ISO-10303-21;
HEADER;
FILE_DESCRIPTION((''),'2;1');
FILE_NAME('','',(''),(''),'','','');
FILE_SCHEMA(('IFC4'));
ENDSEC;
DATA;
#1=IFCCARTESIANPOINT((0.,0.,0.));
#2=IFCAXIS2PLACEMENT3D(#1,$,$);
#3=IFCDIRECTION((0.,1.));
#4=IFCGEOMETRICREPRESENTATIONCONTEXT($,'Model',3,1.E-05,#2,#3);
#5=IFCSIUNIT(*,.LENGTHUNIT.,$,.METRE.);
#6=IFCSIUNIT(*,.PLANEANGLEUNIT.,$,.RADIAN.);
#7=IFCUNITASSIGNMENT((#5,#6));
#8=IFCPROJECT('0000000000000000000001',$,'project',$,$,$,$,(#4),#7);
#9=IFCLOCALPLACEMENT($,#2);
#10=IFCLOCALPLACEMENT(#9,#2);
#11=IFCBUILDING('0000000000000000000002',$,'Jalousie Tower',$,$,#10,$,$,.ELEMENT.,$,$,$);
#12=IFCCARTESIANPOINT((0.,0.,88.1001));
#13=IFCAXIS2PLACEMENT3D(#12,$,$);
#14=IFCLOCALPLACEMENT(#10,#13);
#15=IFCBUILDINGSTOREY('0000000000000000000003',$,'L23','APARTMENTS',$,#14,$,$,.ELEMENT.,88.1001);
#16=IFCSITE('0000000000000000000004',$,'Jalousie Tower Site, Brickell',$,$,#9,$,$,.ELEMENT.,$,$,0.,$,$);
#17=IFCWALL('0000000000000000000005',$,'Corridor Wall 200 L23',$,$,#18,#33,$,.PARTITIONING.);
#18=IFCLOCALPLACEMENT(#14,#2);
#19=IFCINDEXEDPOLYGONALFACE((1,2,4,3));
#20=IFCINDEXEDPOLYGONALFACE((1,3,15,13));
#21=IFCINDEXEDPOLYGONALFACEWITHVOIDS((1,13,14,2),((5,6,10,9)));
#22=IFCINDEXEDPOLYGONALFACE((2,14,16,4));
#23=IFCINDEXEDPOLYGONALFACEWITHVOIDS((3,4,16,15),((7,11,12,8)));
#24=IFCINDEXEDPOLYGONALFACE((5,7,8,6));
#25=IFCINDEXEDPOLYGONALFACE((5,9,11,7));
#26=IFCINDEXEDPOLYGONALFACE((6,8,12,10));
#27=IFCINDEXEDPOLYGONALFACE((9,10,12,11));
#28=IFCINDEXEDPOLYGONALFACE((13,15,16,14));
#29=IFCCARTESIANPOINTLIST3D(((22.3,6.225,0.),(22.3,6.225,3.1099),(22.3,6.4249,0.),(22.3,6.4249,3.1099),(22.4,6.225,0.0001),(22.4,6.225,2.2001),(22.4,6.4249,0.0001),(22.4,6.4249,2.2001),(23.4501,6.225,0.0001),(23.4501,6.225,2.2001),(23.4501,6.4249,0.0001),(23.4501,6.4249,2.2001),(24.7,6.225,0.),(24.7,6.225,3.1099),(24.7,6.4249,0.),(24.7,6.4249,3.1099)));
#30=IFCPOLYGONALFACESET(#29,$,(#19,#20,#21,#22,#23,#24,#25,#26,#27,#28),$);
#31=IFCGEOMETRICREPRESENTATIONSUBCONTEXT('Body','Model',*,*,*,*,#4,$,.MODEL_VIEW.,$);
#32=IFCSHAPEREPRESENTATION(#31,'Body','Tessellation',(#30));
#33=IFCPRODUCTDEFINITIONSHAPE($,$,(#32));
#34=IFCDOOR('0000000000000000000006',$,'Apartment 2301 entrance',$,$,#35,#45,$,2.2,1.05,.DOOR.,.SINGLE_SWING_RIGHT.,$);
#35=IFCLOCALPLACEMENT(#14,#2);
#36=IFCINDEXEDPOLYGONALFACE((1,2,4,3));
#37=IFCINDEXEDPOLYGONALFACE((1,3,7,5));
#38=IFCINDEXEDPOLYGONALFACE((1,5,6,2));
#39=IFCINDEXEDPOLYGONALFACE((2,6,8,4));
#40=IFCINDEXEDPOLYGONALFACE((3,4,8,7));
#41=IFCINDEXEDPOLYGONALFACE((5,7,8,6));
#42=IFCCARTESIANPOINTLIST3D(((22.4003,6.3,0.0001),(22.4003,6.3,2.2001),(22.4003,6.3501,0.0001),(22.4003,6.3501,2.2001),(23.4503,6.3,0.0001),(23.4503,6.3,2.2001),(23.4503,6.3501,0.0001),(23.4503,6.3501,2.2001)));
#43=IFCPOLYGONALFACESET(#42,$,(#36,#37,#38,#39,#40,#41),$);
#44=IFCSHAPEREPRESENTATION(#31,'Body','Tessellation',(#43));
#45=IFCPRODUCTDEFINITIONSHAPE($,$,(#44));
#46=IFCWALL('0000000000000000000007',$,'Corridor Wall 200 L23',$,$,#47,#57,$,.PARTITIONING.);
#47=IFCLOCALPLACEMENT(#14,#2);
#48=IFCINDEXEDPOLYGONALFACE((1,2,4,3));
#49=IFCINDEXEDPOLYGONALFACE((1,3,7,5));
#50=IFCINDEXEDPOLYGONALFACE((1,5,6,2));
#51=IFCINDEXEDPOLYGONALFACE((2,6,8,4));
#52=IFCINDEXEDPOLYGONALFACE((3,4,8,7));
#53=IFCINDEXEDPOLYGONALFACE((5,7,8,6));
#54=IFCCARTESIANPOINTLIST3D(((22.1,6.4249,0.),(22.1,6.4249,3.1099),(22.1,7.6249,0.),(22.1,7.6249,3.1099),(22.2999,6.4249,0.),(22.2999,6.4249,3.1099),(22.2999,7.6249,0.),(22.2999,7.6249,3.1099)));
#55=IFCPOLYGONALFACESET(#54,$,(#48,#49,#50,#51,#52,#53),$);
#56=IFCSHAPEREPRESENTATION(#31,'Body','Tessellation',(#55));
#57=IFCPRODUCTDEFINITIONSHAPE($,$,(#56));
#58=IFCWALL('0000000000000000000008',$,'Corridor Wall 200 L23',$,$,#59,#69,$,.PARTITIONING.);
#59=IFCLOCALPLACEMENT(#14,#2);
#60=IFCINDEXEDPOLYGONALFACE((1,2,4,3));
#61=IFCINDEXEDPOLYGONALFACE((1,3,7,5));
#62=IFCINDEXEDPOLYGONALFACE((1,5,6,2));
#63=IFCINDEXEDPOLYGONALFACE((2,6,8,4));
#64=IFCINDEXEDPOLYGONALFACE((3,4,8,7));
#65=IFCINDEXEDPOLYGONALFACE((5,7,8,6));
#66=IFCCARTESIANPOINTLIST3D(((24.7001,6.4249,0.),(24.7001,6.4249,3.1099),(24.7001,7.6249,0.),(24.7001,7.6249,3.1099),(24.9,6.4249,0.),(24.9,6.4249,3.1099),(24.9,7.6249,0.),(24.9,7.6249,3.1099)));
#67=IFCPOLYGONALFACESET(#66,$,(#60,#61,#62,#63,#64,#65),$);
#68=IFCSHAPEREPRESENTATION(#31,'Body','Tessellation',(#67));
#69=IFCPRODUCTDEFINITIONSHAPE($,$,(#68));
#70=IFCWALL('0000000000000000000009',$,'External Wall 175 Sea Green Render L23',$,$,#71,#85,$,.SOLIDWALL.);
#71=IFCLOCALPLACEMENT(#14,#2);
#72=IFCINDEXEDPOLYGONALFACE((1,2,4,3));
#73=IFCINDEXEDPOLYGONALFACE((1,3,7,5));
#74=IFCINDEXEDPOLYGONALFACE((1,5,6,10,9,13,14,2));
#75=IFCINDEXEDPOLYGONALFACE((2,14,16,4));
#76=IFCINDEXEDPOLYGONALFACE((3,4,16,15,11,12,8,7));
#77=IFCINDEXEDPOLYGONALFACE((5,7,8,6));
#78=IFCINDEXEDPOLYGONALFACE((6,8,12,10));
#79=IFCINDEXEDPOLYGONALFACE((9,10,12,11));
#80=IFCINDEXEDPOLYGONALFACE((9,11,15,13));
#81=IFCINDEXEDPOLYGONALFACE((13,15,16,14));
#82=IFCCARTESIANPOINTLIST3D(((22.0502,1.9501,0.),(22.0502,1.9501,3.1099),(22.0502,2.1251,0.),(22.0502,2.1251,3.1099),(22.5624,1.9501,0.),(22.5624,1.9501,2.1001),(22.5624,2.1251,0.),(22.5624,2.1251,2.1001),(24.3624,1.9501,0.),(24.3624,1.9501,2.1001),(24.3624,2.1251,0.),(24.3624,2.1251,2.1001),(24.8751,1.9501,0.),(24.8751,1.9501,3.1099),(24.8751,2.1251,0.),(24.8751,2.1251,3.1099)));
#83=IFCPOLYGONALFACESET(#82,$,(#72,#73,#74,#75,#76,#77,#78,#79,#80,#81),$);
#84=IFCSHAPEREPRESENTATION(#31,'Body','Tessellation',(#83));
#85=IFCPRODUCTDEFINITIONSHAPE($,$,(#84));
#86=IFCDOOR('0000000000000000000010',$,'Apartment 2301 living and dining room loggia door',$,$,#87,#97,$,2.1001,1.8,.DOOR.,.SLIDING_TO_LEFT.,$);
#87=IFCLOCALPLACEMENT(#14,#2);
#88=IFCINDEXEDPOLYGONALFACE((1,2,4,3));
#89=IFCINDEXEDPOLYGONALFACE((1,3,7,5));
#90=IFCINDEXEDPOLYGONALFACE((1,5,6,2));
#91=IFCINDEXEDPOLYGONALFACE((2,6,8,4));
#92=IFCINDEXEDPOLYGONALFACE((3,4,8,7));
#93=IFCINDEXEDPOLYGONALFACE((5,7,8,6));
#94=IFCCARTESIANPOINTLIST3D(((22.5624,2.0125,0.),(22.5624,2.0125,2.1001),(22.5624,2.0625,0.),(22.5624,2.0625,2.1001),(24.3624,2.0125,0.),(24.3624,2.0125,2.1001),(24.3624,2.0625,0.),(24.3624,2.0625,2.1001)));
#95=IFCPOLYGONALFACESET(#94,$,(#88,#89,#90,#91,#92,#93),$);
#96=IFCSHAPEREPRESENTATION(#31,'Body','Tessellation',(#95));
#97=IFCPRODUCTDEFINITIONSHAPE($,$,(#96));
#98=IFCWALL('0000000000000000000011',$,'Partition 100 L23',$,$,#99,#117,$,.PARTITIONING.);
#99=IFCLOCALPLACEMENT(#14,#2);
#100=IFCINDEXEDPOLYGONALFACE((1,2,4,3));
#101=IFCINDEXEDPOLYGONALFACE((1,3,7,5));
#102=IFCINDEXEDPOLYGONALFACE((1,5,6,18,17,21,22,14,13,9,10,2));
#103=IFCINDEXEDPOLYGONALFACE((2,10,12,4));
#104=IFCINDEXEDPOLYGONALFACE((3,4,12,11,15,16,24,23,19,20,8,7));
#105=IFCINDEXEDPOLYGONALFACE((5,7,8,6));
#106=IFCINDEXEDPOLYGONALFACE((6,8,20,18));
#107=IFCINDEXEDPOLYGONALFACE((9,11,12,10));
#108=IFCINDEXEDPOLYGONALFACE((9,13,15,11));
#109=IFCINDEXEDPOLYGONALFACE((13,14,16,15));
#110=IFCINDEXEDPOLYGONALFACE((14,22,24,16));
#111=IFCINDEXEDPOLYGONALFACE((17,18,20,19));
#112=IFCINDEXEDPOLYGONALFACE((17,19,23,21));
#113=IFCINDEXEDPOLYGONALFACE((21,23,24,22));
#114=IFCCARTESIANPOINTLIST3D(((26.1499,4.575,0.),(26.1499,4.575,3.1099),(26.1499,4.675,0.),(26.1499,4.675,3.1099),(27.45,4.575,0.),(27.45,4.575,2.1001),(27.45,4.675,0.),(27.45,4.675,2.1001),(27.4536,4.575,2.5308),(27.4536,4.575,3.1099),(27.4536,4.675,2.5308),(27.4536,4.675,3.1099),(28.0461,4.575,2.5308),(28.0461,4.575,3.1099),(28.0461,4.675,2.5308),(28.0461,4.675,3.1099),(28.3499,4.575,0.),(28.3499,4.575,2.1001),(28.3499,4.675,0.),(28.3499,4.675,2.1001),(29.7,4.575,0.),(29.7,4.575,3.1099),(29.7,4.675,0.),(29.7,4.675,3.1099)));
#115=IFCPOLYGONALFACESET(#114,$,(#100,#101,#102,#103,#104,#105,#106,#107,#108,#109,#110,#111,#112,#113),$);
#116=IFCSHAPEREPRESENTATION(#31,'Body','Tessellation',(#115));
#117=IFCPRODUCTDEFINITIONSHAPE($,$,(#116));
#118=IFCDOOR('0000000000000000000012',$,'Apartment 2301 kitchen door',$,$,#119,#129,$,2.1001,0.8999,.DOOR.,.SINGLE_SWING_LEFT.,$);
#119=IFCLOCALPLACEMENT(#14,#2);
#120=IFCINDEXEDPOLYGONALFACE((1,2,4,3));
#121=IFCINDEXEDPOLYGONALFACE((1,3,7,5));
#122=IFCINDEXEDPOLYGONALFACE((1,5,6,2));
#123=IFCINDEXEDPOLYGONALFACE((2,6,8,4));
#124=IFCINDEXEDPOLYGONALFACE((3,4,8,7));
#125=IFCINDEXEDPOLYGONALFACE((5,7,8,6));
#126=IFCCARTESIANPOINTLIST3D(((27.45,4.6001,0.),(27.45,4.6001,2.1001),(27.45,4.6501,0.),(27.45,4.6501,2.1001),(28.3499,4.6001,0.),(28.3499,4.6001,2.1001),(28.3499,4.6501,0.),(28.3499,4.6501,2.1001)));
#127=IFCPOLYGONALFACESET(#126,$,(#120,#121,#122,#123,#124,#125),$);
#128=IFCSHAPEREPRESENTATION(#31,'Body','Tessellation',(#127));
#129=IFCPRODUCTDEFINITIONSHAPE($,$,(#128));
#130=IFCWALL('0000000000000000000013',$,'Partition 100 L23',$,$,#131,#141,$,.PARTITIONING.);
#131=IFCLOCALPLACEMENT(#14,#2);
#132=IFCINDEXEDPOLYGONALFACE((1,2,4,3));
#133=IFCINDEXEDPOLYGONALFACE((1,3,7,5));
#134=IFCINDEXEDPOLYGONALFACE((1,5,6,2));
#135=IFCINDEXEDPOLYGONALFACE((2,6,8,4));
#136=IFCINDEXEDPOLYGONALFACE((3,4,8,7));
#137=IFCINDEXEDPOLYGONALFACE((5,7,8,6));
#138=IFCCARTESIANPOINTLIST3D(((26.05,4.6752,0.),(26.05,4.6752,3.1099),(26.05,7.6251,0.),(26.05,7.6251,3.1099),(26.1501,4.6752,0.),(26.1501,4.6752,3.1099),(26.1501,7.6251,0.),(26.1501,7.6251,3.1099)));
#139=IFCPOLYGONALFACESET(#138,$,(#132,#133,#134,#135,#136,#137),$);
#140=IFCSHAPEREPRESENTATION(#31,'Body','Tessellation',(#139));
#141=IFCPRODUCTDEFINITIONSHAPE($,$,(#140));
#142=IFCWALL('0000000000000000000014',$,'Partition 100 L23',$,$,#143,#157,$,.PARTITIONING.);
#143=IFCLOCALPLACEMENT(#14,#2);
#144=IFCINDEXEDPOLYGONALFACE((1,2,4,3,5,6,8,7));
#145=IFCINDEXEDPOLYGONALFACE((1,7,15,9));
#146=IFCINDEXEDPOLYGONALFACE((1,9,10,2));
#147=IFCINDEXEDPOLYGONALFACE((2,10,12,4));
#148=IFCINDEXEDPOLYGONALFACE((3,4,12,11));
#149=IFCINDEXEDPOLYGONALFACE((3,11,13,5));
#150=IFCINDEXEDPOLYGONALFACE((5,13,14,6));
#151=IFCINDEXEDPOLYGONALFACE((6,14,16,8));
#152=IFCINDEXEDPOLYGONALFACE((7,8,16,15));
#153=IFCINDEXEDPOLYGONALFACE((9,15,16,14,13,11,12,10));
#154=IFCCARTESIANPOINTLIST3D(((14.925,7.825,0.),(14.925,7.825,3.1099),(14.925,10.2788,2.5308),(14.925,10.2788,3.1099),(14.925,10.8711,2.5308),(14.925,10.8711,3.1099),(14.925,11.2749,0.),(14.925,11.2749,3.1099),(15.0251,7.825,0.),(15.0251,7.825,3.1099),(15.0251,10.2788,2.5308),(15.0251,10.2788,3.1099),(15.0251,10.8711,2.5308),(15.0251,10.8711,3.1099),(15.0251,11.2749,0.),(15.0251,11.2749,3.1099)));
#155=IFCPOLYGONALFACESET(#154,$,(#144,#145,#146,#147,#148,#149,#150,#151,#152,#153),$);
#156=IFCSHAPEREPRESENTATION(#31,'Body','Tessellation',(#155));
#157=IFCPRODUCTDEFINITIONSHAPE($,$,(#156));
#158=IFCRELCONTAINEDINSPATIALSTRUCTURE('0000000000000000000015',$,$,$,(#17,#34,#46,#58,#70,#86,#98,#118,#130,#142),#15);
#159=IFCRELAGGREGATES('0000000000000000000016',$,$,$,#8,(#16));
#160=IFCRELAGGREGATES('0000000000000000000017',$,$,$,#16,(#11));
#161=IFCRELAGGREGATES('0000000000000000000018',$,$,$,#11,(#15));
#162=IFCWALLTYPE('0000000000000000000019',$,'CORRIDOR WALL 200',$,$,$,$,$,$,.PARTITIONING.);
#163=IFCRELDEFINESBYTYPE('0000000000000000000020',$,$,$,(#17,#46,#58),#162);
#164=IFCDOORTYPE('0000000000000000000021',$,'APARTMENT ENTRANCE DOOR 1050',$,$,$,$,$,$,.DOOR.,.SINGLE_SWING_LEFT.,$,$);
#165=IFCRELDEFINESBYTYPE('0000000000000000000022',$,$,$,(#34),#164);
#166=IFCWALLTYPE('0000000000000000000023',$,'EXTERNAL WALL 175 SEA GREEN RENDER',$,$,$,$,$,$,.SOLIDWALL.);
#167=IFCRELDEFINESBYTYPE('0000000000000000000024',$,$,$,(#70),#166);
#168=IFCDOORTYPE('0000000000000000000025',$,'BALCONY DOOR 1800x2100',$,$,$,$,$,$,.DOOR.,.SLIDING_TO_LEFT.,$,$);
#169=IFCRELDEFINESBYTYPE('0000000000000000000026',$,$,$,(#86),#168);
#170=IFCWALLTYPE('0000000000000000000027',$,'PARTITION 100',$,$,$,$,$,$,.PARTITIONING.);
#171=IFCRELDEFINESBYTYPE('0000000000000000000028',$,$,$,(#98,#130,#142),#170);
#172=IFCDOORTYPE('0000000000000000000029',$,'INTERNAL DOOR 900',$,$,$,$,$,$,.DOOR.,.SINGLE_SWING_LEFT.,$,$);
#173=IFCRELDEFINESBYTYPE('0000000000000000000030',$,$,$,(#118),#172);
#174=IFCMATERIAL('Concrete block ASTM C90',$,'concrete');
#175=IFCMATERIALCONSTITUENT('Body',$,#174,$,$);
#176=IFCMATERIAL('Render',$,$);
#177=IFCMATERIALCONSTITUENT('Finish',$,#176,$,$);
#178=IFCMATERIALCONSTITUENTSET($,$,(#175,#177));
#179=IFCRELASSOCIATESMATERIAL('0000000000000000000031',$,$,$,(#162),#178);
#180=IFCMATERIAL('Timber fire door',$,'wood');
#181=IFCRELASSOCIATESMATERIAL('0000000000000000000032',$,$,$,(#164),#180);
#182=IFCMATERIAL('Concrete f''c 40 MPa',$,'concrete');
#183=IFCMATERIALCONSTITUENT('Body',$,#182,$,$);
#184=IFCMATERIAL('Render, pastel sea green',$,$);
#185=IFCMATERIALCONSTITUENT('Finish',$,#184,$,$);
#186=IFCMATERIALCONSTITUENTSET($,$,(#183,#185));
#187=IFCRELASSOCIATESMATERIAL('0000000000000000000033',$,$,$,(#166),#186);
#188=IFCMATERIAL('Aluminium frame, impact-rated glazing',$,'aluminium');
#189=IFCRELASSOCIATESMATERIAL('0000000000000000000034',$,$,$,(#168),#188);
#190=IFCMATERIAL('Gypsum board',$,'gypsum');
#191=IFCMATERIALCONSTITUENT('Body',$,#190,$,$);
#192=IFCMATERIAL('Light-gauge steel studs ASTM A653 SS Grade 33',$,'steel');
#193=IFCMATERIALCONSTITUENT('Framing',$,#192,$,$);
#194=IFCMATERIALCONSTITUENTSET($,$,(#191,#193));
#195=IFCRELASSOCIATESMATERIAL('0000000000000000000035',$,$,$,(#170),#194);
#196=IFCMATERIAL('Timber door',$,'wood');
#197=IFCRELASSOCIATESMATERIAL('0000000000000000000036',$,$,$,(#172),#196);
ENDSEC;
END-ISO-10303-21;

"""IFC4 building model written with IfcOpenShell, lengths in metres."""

from ifc_helpers import new_model, si_unit, direction, frame, frame_2d, origin, place, context, subcontext, project, spatial, polyline, rectangle, outline, extrude, material, constituent, constituent_set, type_object, element, fill, save


model = new_model("IFC4")

# Units and contexts
model_context = context("Model", 3, precision=1e-05, world=origin(), true_north=direction((0.0, 1.0)))
body_context = subcontext(model_context, "Body", "Model", "MODEL_VIEW")
ifc_project = project(units=[si_unit("LENGTHUNIT", "METRE"), si_unit("PLANEANGLEUNIT", "RADIAN")], contexts=[model_context])

# Site, building, storey
site_placement = place(None, origin())
site = spatial("IfcSite", under=ifc_project, at=site_placement, Name="Jalousie Tower Site, Brickell", CompositionType="ELEMENT", RefElevation=0.0)
building_placement = place(site_placement, origin())
building = spatial("IfcBuilding", under=site, at=building_placement, Name="Jalousie Tower", CompositionType="ELEMENT")
storey_placement = place(building_placement, frame((0.0, 0.0, 88.1001)))
storey = spatial("IfcBuildingStorey", under=building, at=storey_placement, Name="L23", Description="APARTMENTS", CompositionType="ELEMENT", Elevation=88.1001)

# Shared definitions
ifc_material_1 = material(Name="Concrete block ASTM C90", Category="concrete")
ifc_constituent_1 = constituent(ifc_material_1, Name="Body")
ifc_material_2 = material(Name="Render")
ifc_constituent_2 = constituent(ifc_material_2, Name="Finish")
ifc_constituent_set_1 = constituent_set(constituents=[ifc_constituent_1, ifc_constituent_2])
wall_type_1 = type_object("IfcWallType", Name="CORRIDOR WALL 200", PredefinedType="PARTITIONING", material=ifc_constituent_set_1)

# Wall, opening, door
wall_1_placement = place(storey_placement, frame((22.3, 6.325, 0.0), z_axis=(0.0, 0.0, 1.0), x_axis=(1.0, 0.0, 0.0)))
wall_1 = element("IfcWall", 1, at=wall_1_placement, inside=storey, type_object=wall_type_1, Name="Corridor Wall 200 L23", PredefinedType="PARTITIONING", context=body_context, shape_type="SweptSolid", body=[
    extrude(rectangle(XDim=2.3999, YDim=0.2, at=frame_2d((1.2, 0.0))), origin(), (0.0, 0.0, 1.0), 3.1099),
])
opening_1_placement = place(wall_1_placement, frame((0.1001, 0.0, 0.0)))
opening_1 = element("IfcOpeningElement", 2, at=opening_1_placement, cuts=wall_1, PredefinedType="OPENING", context=body_context, shape_type="SweptSolid", body=[
    extrude(rectangle(XDim=1.05, YDim=2.2, at=frame_2d((0.5249, 1.1001))), frame((0.0, 0.1099, 0.0), z_axis=(0.0, -1.0, 0.0), x_axis=(1.0, 0.0, 0.0)), (0.0, 0.0, 1.0), 0.22),
])
ifc_material_3 = material(Name="Timber fire door", Category="wood")
door_type_1 = type_object("IfcDoorType", Name="APARTMENT ENTRANCE DOOR 1050", OperationType="SINGLE_SWING_LEFT", PredefinedType="DOOR", material=ifc_material_3)
door_1_placement = place(opening_1_placement, frame((1.05, 0.0, 0.0), z_axis=(0.0, 0.0, 1.0), x_axis=(-1.0, 0.0, 0.0)))
door_1 = element("IfcDoor", 3, at=door_1_placement, inside=storey, type_object=door_type_1, Name="Apartment 2301 entrance", OperationType="SINGLE_SWING_RIGHT", OverallHeight=2.2, OverallWidth=1.05, PredefinedType="DOOR", context=body_context, shape_type="SweptSolid", body=[
    extrude(rectangle(XDim=1.05, YDim=2.2, at=frame_2d((0.5249, 1.1001))), frame((0.0, 0.0249, 0.0), z_axis=(0.0, -1.0, 0.0), x_axis=(1.0, 0.0, 0.0)), (0.0, 0.0, 1.0), 0.05),
])
fill(opening_1, door_1)

# Walls
for number, where, z_axis, x_axis, name in (
    (4, (22.2, 7.625, 0.0), (0.0, 0.0, 1.0), (0.0, -1.0, 0.0), "Corridor Wall 200 L23"),
    (5, (24.8, 7.625, 0.0), (0.0, 0.0, 1.0), (0.0, -1.0, 0.0), "Corridor Wall 200 L23"),
):
    element("IfcWall", number, at=place(storey_placement, frame(where, z_axis=z_axis, x_axis=x_axis)), inside=storey, type_object=wall_type_1, Name=name, PredefinedType="PARTITIONING", context=body_context, shape_type="SweptSolid", body=[
        extrude(rectangle(XDim=1.2, YDim=0.2, at=frame_2d((0.6001, 0.0))), origin(), (0.0, 0.0, 1.0), 3.1099),
    ])

# Walls, openings, doors
ifc_material_4 = material(Name="Concrete f'c 40 MPa", Category="concrete")
ifc_constituent_3 = constituent(ifc_material_4, Name="Body")
ifc_material_5 = material(Name="Render, pastel sea green")
ifc_constituent_4 = constituent(ifc_material_5, Name="Finish")
ifc_constituent_set_2 = constituent_set(constituents=[ifc_constituent_3, ifc_constituent_4])
wall_type_2 = type_object("IfcWallType", Name="EXTERNAL WALL 175 SEA GREEN RENDER", PredefinedType="SOLIDWALL", material=ifc_constituent_set_2)
wall_2_placement = place(storey_placement, frame((22.05, 2.0376, 0.0), z_axis=(0.0, 0.0, 1.0), x_axis=(1.0, 0.0, 0.0)))
wall_2 = element("IfcWall", 6, at=wall_2_placement, inside=storey, type_object=wall_type_2, Name="External Wall 175 Sea Green Render L23", PredefinedType="SOLIDWALL", context=body_context, shape_type="SweptSolid", body=[
    extrude(rectangle(XDim=2.825, YDim=0.175, at=frame_2d((1.4126, 0.0))), origin(), (0.0, 0.0, 1.0), 3.1099),
])
opening_2_placement = place(wall_2_placement, frame((0.5125, 0.0, 0.0)))
opening_2 = element("IfcOpeningElement", 7, at=opening_2_placement, cuts=wall_2, PredefinedType="OPENING", context=body_context, shape_type="SweptSolid", body=[
    extrude(rectangle(XDim=1.8, YDim=2.1001, at=frame_2d((0.8999, 1.05))), frame((0.0, 0.0974, 0.0), z_axis=(0.0, -1.0, 0.0), x_axis=(1.0, 0.0, 0.0)), (0.0, 0.0, 1.0), 0.1951),
])
ifc_material_6 = material(Name="Aluminium frame, impact-rated glazing", Category="aluminium")
door_type_2 = type_object("IfcDoorType", Name="BALCONY DOOR 1800x2100", OperationType="SLIDING_TO_LEFT", PredefinedType="DOOR", material=ifc_material_6)
door_2_placement = place(opening_2_placement, origin())
door_2 = element("IfcDoor", 8, at=door_2_placement, inside=storey, type_object=door_type_2, Name="Apartment 2301 living and dining room loggia door", OperationType="SLIDING_TO_LEFT", OverallHeight=2.1001, OverallWidth=1.8, PredefinedType="DOOR", context=body_context, shape_type="SweptSolid", body=[
    extrude(rectangle(XDim=1.8, YDim=2.1001, at=frame_2d((0.8999, 1.05))), frame((0.0, 0.0249, 0.0), z_axis=(0.0, -1.0, 0.0), x_axis=(1.0, 0.0, 0.0)), (0.0, 0.0, 1.0), 0.05),
])
fill(opening_2, door_2)
ifc_material_7 = material(Name="Gypsum board", Category="gypsum")
ifc_constituent_5 = constituent(ifc_material_7, Name="Body")
ifc_material_8 = material(Name="Light-gauge steel studs ASTM A653 SS Grade 33", Category="steel")
ifc_constituent_6 = constituent(ifc_material_8, Name="Framing")
ifc_constituent_set_3 = constituent_set(constituents=[ifc_constituent_5, ifc_constituent_6])
wall_type_3 = type_object("IfcWallType", Name="PARTITION 100", PredefinedType="PARTITIONING", material=ifc_constituent_set_3)
wall_3_placement = place(storey_placement, frame((26.1499, 4.625, 0.0), z_axis=(0.0, 0.0, 1.0), x_axis=(1.0, 0.0, 0.0)))
wall_3 = element("IfcWall", 9, at=wall_3_placement, inside=storey, type_object=wall_type_3, Name="Partition 100 L23", PredefinedType="PARTITIONING", context=body_context, shape_type="SweptSolid", body=[
    extrude(outline(polyline([(0.0, 0.0), (3.55, 0.0), (3.55, 3.1099), (1.8962, 3.1099), (1.8962, 2.5308), (1.3037, 2.5308), (1.3037, 3.1099), (0.0, 3.1099), (0.0, 0.0)])), frame((0.0, 0.05, 0.0), z_axis=(0.0, -1.0, 0.0), x_axis=(1.0, 0.0, 0.0)), (0.0, 0.0, 1.0), 0.1001),
])
opening_3_placement = place(wall_3_placement, frame((1.3, 0.0, 0.0)))
opening_3 = element("IfcOpeningElement", 10, at=opening_3_placement, cuts=wall_3, PredefinedType="OPENING", context=body_context, shape_type="SweptSolid", body=[
    extrude(rectangle(XDim=0.8999, YDim=2.1001, at=frame_2d((0.45, 1.05))), frame((0.0, 0.0601, 0.0), z_axis=(0.0, -1.0, 0.0), x_axis=(1.0, 0.0, 0.0)), (0.0, 0.0, 1.0), 0.1201),
])
ifc_material_9 = material(Name="Timber door", Category="wood")
door_type_3 = type_object("IfcDoorType", Name="INTERNAL DOOR 900", OperationType="SINGLE_SWING_LEFT", PredefinedType="DOOR", material=ifc_material_9)
door_3_placement = place(opening_3_placement, frame((0.8999, 0.0, 0.0), z_axis=(0.0, 0.0, 1.0), x_axis=(-1.0, 0.0, 0.0)))
door_3 = element("IfcDoor", 11, at=door_3_placement, inside=storey, type_object=door_type_3, Name="Apartment 2301 kitchen door", OperationType="SINGLE_SWING_LEFT", OverallHeight=2.1001, OverallWidth=0.8999, PredefinedType="DOOR", context=body_context, shape_type="SweptSolid", body=[
    extrude(rectangle(XDim=0.8999, YDim=2.1001, at=frame_2d((0.45, 1.05))), frame((0.0, 0.0249, 0.0), z_axis=(0.0, -1.0, 0.0), x_axis=(1.0, 0.0, 0.0)), (0.0, 0.0, 1.0), 0.05),
])
fill(opening_3, door_3)

# Walls
wall_4_placement = place(storey_placement, frame((26.1001, 4.675, 0.0), z_axis=(0.0, 0.0, 1.0), x_axis=(0.0, 1.0, 0.0)))
element("IfcWall", 12, at=wall_4_placement, inside=storey, type_object=wall_type_3, Name="Partition 100 L23", PredefinedType="PARTITIONING", context=body_context, shape_type="SweptSolid", body=[
    extrude(rectangle(XDim=2.95, YDim=0.1001, at=frame_2d((1.4751, 0.0))), origin(), (0.0, 0.0, 1.0), 3.1099),
])
wall_5_placement = place(storey_placement, frame((14.9751, 7.825, 0.0), z_axis=(0.0, 0.0, 1.0), x_axis=(0.0, 1.0, 0.0)))
element("IfcWall", 13, at=wall_5_placement, inside=storey, type_object=wall_type_3, Name="Partition 100 L23", PredefinedType="PARTITIONING", context=body_context, shape_type="SweptSolid", body=[
    extrude(outline(polyline([(0.0, 0.0), (3.45, 0.0), (3.45, 3.1099), (3.0461, 3.1099), (3.0461, 2.5308), (2.4539, 2.5308), (2.4539, 3.1099), (0.0, 3.1099), (0.0, 0.0)])), frame((0.0, 0.05, 0.0), z_axis=(0.0, -1.0, 0.0), x_axis=(1.0, 0.0, 0.0)), (0.0, 0.0, 1.0), 0.1001),
])

save(model, "model.ifc")
